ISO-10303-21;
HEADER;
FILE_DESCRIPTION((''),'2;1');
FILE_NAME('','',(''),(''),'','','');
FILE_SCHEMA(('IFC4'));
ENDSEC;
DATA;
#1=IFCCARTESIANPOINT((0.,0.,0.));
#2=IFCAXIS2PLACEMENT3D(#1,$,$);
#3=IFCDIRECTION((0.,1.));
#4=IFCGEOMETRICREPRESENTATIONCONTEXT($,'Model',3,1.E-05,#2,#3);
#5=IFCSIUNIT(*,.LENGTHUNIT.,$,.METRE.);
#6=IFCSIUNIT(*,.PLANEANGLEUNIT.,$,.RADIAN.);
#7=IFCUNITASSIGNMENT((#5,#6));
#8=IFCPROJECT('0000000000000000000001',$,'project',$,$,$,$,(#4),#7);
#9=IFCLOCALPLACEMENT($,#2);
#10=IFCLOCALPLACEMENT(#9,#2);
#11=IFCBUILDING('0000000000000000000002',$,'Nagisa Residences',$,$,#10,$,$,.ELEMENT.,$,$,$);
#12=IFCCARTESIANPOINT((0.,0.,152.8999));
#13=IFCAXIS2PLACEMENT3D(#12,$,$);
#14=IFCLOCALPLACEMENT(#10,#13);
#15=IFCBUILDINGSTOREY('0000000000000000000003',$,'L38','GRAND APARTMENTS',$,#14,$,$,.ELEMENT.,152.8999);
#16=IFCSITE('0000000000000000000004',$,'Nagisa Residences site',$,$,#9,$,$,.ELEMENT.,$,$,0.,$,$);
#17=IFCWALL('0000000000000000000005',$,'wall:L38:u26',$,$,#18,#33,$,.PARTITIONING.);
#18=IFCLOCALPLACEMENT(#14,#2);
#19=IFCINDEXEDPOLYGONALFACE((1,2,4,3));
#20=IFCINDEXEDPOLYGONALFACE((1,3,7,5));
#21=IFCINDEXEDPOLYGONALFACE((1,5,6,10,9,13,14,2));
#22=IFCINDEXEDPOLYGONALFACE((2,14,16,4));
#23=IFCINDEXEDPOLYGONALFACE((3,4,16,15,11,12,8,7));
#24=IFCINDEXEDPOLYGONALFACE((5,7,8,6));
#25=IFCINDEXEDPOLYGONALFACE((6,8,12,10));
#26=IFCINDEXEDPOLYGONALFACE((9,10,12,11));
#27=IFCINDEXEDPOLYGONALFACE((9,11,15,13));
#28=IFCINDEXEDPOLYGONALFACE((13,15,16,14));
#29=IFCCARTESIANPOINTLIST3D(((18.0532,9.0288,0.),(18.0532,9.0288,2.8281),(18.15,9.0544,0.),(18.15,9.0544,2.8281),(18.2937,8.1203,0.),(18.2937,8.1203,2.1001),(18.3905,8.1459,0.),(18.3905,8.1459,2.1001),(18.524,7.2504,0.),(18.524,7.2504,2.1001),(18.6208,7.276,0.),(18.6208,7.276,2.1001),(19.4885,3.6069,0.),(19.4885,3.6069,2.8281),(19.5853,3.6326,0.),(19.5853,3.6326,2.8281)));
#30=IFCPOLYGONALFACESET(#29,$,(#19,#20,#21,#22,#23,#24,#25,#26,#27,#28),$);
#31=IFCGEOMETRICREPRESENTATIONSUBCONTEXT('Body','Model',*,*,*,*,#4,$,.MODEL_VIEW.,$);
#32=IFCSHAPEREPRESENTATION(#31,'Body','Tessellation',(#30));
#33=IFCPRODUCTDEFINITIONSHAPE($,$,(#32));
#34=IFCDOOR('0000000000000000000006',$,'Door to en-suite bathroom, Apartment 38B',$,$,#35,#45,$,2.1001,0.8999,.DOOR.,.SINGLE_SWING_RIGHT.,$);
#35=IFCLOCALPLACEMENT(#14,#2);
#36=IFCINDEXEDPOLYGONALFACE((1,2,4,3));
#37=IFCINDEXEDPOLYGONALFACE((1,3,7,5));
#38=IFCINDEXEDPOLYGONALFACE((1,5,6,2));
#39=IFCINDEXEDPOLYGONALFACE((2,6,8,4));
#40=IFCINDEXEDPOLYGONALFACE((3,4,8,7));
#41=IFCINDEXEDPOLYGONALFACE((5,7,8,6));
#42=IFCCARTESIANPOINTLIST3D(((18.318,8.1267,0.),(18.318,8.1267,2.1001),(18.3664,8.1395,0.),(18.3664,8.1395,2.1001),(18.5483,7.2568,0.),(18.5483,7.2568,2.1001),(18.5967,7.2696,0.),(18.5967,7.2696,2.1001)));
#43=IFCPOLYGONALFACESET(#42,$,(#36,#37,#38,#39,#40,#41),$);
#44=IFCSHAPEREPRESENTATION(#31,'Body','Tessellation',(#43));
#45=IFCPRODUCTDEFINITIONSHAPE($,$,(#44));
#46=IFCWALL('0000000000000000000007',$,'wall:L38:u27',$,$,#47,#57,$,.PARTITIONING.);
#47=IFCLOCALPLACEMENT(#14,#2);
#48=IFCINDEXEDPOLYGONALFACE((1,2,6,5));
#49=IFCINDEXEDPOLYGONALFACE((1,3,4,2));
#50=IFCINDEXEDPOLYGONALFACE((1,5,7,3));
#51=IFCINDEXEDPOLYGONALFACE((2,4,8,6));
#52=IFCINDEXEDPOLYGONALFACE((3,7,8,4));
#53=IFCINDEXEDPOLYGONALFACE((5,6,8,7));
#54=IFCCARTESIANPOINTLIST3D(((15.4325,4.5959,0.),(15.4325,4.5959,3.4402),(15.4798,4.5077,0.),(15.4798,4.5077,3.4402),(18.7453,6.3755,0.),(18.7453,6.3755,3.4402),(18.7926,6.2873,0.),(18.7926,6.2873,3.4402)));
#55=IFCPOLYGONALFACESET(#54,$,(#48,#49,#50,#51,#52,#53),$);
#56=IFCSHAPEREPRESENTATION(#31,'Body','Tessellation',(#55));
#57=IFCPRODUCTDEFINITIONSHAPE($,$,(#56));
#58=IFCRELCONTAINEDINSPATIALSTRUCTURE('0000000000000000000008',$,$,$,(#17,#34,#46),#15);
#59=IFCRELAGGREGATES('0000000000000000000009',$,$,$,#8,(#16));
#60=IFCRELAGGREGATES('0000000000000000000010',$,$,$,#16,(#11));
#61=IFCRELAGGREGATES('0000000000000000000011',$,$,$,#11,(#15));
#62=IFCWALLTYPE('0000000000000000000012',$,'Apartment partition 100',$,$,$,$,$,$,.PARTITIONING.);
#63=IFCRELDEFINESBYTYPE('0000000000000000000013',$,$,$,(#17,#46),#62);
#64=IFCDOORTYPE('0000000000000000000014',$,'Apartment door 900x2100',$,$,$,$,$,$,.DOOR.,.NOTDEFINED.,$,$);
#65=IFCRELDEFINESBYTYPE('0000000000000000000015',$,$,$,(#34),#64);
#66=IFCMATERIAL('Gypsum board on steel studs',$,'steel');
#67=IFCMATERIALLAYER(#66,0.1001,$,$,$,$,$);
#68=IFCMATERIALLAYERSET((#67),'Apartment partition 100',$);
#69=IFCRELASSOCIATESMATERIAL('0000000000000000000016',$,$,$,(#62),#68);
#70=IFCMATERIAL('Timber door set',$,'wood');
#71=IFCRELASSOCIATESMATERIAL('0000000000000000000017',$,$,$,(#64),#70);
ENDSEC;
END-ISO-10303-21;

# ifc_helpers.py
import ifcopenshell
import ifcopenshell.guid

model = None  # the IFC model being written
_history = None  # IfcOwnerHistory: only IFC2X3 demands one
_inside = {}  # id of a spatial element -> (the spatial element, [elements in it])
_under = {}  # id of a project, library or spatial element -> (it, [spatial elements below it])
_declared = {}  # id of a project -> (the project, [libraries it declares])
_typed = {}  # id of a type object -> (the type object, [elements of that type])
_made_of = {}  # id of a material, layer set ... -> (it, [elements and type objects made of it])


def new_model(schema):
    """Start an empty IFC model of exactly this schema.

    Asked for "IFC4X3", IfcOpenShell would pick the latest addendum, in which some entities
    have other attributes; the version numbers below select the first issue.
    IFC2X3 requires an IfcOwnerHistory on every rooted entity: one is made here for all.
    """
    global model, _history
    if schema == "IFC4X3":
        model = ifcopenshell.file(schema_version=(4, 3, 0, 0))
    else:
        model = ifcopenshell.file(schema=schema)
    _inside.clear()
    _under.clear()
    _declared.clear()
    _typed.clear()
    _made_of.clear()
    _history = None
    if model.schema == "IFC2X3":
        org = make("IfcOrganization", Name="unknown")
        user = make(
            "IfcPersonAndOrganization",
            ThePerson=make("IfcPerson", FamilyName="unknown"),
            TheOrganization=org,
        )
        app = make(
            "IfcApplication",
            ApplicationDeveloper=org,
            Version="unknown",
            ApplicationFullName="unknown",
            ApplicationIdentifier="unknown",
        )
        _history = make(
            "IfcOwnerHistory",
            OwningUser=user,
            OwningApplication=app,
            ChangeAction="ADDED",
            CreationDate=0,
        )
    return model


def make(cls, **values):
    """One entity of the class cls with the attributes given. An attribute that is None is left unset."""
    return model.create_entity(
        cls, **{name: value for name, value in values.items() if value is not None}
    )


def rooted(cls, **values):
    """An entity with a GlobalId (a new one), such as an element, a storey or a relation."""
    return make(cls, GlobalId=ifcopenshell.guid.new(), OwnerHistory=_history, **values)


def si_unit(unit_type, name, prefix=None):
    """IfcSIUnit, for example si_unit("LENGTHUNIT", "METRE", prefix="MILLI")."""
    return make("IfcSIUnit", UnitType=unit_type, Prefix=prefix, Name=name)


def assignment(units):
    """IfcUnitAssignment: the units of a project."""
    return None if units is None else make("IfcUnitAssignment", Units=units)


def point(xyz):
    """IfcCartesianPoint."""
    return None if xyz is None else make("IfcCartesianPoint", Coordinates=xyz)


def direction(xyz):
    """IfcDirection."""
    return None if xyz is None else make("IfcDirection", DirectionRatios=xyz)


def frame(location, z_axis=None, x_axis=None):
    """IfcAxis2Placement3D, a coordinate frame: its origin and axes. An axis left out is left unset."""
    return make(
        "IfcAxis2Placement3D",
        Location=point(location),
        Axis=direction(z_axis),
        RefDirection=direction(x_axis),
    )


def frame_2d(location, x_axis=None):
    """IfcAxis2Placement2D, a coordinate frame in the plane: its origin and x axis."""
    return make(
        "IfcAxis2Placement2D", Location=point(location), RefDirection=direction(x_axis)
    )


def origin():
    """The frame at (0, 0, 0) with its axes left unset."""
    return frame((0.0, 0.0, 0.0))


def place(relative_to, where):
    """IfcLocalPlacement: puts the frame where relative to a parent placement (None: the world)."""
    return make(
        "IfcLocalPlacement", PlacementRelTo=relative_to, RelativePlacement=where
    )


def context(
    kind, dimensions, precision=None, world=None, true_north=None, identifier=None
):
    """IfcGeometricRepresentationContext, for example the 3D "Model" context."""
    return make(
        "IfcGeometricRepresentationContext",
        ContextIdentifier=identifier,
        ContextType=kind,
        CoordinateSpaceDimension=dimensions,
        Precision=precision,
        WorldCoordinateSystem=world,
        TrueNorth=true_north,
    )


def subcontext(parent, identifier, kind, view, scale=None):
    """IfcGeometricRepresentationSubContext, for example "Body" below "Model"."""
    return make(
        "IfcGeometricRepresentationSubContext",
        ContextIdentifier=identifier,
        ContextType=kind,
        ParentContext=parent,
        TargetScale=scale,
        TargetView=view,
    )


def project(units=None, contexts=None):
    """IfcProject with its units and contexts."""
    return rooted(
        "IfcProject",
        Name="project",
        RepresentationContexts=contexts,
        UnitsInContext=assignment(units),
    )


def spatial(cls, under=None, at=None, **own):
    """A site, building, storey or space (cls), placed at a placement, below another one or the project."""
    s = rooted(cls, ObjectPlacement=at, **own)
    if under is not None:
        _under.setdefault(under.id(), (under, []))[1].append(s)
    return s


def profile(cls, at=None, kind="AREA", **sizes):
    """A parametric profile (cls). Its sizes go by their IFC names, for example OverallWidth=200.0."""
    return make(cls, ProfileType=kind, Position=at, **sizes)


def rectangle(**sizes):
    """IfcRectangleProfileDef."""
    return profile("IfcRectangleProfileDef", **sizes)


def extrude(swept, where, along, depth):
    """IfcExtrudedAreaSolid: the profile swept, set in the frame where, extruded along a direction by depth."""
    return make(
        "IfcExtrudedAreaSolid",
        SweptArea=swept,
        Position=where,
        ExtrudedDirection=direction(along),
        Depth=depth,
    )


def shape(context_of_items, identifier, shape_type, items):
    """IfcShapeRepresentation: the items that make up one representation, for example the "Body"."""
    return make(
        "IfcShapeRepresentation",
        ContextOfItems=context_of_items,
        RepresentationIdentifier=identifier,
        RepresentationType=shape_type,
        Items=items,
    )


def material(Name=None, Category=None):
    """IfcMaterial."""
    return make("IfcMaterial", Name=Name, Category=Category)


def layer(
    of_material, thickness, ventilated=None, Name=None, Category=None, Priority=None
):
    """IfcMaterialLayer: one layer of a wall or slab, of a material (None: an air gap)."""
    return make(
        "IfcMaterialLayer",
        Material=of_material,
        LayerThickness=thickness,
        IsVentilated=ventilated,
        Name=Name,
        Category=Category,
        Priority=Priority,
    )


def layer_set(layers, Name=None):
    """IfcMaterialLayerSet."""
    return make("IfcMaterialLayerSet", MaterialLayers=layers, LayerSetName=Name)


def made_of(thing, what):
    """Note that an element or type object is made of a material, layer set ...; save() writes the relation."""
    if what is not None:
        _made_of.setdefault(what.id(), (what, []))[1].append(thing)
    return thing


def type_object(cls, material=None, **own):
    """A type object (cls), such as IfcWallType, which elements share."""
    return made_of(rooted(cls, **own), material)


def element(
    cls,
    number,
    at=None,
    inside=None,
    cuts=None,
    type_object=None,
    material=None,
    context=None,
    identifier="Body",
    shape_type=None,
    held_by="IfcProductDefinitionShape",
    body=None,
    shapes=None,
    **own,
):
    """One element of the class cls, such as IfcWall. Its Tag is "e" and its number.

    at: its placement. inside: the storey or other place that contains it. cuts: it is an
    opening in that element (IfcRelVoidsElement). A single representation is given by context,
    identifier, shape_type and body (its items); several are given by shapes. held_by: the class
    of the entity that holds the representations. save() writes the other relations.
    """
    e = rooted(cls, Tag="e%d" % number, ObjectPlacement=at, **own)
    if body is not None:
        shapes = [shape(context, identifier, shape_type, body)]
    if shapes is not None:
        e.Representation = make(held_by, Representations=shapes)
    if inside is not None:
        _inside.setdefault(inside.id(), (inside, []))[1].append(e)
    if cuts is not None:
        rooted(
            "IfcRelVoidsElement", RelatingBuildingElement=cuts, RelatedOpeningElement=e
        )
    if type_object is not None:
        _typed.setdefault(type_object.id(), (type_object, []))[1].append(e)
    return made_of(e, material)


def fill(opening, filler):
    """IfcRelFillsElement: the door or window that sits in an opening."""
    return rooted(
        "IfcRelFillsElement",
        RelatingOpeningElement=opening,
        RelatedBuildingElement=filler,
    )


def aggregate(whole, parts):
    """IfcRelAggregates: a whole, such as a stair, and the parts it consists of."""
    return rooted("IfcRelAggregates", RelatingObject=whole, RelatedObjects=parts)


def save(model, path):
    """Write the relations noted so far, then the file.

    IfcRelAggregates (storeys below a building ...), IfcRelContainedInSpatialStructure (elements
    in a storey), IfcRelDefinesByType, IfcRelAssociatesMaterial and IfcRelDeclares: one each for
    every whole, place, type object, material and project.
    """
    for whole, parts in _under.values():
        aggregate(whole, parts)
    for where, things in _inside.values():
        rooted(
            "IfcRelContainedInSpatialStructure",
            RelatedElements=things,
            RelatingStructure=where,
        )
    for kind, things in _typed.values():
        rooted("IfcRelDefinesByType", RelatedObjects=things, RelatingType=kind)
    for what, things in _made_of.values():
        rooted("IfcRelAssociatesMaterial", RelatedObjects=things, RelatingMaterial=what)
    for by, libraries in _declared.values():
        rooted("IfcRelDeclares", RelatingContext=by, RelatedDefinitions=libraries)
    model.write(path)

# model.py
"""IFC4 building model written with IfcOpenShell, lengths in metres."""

from ifc_helpers import new_model, si_unit, direction, frame, frame_2d, origin, place, context, subcontext, project, spatial, rectangle, extrude, material, layer, layer_set, type_object, element, fill, save


model = new_model("IFC4")

# Units and contexts
model_context = context("Model", 3, precision=1e-05, world=origin(), true_north=direction((0.0, 1.0)))
body_context = subcontext(model_context, "Body", "Model", "MODEL_VIEW")
ifc_project = project(units=[si_unit("LENGTHUNIT", "METRE"), si_unit("PLANEANGLEUNIT", "RADIAN")], contexts=[model_context])

# Site, building, storey
site_placement = place(None, origin())
site = spatial("IfcSite", under=ifc_project, at=site_placement, Name="Nagisa Residences site", CompositionType="ELEMENT", RefElevation=0.0)
building_placement = place(site_placement, origin())
building = spatial("IfcBuilding", under=site, at=building_placement, Name="Nagisa Residences", CompositionType="ELEMENT")
storey_placement = place(building_placement, frame((0.0, 0.0, 152.8999)))
storey = spatial("IfcBuildingStorey", under=building, at=storey_placement, Name="L38", Description="GRAND APARTMENTS", CompositionType="ELEMENT", Elevation=152.8999)

# Shared definitions
ifc_material_1 = material(Name="Gypsum board on steel studs", Category="steel")
ifc_layer_1 = layer(ifc_material_1, 0.1001)
ifc_layer_set_1 = layer_set([ifc_layer_1], Name="Apartment partition 100")
wall_type_1 = type_object("IfcWallType", Name="Apartment partition 100", PredefinedType="PARTITIONING", material=ifc_layer_set_1)

# Wall, opening, door
wall_1_placement = place(storey_placement, frame((19.5369, 3.6199, 0.0), z_axis=(0.0, 0.0, 1.0), x_axis=(-0.255909, 0.966701, 0.0)))
wall_1 = element("IfcWall", 1, at=wall_1_placement, inside=storey, type_object=wall_type_1, Name="wall:L38:u26", PredefinedType="PARTITIONING", context=body_context, shape_type="SweptSolid", body=[
    extrude(rectangle(XDim=5.6086, YDim=0.1001, at=frame_2d((2.8042, 0.0))), origin(), (0.0, 0.0, 1.0), 2.8281),
])
opening_1_placement = place(wall_1_placement, frame((3.7688, 0.0, 0.0)))
opening_1 = element("IfcOpeningElement", 2, at=opening_1_placement, cuts=wall_1, PredefinedType="OPENING", context=body_context, shape_type="SweptSolid", body=[
    extrude(rectangle(XDim=0.8999, YDim=2.1001, at=frame_2d((0.45, 1.05))), frame((0.0, 0.0601, 0.0), z_axis=(0.0, -1.0, 0.0), x_axis=(1.0, 0.0, 0.0)), (0.0, 0.0, 1.0), 0.1201),
])
ifc_material_2 = material(Name="Timber door set", Category="wood")
door_type_1 = type_object("IfcDoorType", Name="Apartment door 900x2100", OperationType="NOTDEFINED", PredefinedType="DOOR", material=ifc_material_2)
door_1_placement = place(opening_1_placement, origin())
door_1 = element("IfcDoor", 3, at=door_1_placement, inside=storey, type_object=door_type_1, Name="Door to en-suite bathroom, Apartment 38B", OperationType="SINGLE_SWING_RIGHT", OverallHeight=2.1001, OverallWidth=0.8999, PredefinedType="DOOR", context=body_context, shape_type="SweptSolid", body=[
    extrude(rectangle(XDim=0.8999, YDim=2.1001, at=frame_2d((0.45, 1.05))), frame((0.0, 0.0249, 0.0), z_axis=(0.0, -1.0, 0.0), x_axis=(1.0, 0.0, 0.0)), (0.0, 0.0, 1.0), 0.05),
])
fill(opening_1, door_1)

# Wall
wall_2_placement = place(storey_placement, frame((15.4561, 4.5518, 0.0), z_axis=(0.0, 0.0, 1.0), x_axis=(0.880942, 0.473225, 0.0)))
element("IfcWall", 4, at=wall_2_placement, inside=storey, type_object=wall_type_1, Name="wall:L38:u27", PredefinedType="PARTITIONING", context=body_context, shape_type="SweptSolid", body=[
    extrude(rectangle(XDim=3.7605, YDim=0.1001, at=frame_2d((1.8804, 0.0))), origin(), (0.0, 0.0, 1.0), 3.4402),
])

save(model, "model.ifc")
